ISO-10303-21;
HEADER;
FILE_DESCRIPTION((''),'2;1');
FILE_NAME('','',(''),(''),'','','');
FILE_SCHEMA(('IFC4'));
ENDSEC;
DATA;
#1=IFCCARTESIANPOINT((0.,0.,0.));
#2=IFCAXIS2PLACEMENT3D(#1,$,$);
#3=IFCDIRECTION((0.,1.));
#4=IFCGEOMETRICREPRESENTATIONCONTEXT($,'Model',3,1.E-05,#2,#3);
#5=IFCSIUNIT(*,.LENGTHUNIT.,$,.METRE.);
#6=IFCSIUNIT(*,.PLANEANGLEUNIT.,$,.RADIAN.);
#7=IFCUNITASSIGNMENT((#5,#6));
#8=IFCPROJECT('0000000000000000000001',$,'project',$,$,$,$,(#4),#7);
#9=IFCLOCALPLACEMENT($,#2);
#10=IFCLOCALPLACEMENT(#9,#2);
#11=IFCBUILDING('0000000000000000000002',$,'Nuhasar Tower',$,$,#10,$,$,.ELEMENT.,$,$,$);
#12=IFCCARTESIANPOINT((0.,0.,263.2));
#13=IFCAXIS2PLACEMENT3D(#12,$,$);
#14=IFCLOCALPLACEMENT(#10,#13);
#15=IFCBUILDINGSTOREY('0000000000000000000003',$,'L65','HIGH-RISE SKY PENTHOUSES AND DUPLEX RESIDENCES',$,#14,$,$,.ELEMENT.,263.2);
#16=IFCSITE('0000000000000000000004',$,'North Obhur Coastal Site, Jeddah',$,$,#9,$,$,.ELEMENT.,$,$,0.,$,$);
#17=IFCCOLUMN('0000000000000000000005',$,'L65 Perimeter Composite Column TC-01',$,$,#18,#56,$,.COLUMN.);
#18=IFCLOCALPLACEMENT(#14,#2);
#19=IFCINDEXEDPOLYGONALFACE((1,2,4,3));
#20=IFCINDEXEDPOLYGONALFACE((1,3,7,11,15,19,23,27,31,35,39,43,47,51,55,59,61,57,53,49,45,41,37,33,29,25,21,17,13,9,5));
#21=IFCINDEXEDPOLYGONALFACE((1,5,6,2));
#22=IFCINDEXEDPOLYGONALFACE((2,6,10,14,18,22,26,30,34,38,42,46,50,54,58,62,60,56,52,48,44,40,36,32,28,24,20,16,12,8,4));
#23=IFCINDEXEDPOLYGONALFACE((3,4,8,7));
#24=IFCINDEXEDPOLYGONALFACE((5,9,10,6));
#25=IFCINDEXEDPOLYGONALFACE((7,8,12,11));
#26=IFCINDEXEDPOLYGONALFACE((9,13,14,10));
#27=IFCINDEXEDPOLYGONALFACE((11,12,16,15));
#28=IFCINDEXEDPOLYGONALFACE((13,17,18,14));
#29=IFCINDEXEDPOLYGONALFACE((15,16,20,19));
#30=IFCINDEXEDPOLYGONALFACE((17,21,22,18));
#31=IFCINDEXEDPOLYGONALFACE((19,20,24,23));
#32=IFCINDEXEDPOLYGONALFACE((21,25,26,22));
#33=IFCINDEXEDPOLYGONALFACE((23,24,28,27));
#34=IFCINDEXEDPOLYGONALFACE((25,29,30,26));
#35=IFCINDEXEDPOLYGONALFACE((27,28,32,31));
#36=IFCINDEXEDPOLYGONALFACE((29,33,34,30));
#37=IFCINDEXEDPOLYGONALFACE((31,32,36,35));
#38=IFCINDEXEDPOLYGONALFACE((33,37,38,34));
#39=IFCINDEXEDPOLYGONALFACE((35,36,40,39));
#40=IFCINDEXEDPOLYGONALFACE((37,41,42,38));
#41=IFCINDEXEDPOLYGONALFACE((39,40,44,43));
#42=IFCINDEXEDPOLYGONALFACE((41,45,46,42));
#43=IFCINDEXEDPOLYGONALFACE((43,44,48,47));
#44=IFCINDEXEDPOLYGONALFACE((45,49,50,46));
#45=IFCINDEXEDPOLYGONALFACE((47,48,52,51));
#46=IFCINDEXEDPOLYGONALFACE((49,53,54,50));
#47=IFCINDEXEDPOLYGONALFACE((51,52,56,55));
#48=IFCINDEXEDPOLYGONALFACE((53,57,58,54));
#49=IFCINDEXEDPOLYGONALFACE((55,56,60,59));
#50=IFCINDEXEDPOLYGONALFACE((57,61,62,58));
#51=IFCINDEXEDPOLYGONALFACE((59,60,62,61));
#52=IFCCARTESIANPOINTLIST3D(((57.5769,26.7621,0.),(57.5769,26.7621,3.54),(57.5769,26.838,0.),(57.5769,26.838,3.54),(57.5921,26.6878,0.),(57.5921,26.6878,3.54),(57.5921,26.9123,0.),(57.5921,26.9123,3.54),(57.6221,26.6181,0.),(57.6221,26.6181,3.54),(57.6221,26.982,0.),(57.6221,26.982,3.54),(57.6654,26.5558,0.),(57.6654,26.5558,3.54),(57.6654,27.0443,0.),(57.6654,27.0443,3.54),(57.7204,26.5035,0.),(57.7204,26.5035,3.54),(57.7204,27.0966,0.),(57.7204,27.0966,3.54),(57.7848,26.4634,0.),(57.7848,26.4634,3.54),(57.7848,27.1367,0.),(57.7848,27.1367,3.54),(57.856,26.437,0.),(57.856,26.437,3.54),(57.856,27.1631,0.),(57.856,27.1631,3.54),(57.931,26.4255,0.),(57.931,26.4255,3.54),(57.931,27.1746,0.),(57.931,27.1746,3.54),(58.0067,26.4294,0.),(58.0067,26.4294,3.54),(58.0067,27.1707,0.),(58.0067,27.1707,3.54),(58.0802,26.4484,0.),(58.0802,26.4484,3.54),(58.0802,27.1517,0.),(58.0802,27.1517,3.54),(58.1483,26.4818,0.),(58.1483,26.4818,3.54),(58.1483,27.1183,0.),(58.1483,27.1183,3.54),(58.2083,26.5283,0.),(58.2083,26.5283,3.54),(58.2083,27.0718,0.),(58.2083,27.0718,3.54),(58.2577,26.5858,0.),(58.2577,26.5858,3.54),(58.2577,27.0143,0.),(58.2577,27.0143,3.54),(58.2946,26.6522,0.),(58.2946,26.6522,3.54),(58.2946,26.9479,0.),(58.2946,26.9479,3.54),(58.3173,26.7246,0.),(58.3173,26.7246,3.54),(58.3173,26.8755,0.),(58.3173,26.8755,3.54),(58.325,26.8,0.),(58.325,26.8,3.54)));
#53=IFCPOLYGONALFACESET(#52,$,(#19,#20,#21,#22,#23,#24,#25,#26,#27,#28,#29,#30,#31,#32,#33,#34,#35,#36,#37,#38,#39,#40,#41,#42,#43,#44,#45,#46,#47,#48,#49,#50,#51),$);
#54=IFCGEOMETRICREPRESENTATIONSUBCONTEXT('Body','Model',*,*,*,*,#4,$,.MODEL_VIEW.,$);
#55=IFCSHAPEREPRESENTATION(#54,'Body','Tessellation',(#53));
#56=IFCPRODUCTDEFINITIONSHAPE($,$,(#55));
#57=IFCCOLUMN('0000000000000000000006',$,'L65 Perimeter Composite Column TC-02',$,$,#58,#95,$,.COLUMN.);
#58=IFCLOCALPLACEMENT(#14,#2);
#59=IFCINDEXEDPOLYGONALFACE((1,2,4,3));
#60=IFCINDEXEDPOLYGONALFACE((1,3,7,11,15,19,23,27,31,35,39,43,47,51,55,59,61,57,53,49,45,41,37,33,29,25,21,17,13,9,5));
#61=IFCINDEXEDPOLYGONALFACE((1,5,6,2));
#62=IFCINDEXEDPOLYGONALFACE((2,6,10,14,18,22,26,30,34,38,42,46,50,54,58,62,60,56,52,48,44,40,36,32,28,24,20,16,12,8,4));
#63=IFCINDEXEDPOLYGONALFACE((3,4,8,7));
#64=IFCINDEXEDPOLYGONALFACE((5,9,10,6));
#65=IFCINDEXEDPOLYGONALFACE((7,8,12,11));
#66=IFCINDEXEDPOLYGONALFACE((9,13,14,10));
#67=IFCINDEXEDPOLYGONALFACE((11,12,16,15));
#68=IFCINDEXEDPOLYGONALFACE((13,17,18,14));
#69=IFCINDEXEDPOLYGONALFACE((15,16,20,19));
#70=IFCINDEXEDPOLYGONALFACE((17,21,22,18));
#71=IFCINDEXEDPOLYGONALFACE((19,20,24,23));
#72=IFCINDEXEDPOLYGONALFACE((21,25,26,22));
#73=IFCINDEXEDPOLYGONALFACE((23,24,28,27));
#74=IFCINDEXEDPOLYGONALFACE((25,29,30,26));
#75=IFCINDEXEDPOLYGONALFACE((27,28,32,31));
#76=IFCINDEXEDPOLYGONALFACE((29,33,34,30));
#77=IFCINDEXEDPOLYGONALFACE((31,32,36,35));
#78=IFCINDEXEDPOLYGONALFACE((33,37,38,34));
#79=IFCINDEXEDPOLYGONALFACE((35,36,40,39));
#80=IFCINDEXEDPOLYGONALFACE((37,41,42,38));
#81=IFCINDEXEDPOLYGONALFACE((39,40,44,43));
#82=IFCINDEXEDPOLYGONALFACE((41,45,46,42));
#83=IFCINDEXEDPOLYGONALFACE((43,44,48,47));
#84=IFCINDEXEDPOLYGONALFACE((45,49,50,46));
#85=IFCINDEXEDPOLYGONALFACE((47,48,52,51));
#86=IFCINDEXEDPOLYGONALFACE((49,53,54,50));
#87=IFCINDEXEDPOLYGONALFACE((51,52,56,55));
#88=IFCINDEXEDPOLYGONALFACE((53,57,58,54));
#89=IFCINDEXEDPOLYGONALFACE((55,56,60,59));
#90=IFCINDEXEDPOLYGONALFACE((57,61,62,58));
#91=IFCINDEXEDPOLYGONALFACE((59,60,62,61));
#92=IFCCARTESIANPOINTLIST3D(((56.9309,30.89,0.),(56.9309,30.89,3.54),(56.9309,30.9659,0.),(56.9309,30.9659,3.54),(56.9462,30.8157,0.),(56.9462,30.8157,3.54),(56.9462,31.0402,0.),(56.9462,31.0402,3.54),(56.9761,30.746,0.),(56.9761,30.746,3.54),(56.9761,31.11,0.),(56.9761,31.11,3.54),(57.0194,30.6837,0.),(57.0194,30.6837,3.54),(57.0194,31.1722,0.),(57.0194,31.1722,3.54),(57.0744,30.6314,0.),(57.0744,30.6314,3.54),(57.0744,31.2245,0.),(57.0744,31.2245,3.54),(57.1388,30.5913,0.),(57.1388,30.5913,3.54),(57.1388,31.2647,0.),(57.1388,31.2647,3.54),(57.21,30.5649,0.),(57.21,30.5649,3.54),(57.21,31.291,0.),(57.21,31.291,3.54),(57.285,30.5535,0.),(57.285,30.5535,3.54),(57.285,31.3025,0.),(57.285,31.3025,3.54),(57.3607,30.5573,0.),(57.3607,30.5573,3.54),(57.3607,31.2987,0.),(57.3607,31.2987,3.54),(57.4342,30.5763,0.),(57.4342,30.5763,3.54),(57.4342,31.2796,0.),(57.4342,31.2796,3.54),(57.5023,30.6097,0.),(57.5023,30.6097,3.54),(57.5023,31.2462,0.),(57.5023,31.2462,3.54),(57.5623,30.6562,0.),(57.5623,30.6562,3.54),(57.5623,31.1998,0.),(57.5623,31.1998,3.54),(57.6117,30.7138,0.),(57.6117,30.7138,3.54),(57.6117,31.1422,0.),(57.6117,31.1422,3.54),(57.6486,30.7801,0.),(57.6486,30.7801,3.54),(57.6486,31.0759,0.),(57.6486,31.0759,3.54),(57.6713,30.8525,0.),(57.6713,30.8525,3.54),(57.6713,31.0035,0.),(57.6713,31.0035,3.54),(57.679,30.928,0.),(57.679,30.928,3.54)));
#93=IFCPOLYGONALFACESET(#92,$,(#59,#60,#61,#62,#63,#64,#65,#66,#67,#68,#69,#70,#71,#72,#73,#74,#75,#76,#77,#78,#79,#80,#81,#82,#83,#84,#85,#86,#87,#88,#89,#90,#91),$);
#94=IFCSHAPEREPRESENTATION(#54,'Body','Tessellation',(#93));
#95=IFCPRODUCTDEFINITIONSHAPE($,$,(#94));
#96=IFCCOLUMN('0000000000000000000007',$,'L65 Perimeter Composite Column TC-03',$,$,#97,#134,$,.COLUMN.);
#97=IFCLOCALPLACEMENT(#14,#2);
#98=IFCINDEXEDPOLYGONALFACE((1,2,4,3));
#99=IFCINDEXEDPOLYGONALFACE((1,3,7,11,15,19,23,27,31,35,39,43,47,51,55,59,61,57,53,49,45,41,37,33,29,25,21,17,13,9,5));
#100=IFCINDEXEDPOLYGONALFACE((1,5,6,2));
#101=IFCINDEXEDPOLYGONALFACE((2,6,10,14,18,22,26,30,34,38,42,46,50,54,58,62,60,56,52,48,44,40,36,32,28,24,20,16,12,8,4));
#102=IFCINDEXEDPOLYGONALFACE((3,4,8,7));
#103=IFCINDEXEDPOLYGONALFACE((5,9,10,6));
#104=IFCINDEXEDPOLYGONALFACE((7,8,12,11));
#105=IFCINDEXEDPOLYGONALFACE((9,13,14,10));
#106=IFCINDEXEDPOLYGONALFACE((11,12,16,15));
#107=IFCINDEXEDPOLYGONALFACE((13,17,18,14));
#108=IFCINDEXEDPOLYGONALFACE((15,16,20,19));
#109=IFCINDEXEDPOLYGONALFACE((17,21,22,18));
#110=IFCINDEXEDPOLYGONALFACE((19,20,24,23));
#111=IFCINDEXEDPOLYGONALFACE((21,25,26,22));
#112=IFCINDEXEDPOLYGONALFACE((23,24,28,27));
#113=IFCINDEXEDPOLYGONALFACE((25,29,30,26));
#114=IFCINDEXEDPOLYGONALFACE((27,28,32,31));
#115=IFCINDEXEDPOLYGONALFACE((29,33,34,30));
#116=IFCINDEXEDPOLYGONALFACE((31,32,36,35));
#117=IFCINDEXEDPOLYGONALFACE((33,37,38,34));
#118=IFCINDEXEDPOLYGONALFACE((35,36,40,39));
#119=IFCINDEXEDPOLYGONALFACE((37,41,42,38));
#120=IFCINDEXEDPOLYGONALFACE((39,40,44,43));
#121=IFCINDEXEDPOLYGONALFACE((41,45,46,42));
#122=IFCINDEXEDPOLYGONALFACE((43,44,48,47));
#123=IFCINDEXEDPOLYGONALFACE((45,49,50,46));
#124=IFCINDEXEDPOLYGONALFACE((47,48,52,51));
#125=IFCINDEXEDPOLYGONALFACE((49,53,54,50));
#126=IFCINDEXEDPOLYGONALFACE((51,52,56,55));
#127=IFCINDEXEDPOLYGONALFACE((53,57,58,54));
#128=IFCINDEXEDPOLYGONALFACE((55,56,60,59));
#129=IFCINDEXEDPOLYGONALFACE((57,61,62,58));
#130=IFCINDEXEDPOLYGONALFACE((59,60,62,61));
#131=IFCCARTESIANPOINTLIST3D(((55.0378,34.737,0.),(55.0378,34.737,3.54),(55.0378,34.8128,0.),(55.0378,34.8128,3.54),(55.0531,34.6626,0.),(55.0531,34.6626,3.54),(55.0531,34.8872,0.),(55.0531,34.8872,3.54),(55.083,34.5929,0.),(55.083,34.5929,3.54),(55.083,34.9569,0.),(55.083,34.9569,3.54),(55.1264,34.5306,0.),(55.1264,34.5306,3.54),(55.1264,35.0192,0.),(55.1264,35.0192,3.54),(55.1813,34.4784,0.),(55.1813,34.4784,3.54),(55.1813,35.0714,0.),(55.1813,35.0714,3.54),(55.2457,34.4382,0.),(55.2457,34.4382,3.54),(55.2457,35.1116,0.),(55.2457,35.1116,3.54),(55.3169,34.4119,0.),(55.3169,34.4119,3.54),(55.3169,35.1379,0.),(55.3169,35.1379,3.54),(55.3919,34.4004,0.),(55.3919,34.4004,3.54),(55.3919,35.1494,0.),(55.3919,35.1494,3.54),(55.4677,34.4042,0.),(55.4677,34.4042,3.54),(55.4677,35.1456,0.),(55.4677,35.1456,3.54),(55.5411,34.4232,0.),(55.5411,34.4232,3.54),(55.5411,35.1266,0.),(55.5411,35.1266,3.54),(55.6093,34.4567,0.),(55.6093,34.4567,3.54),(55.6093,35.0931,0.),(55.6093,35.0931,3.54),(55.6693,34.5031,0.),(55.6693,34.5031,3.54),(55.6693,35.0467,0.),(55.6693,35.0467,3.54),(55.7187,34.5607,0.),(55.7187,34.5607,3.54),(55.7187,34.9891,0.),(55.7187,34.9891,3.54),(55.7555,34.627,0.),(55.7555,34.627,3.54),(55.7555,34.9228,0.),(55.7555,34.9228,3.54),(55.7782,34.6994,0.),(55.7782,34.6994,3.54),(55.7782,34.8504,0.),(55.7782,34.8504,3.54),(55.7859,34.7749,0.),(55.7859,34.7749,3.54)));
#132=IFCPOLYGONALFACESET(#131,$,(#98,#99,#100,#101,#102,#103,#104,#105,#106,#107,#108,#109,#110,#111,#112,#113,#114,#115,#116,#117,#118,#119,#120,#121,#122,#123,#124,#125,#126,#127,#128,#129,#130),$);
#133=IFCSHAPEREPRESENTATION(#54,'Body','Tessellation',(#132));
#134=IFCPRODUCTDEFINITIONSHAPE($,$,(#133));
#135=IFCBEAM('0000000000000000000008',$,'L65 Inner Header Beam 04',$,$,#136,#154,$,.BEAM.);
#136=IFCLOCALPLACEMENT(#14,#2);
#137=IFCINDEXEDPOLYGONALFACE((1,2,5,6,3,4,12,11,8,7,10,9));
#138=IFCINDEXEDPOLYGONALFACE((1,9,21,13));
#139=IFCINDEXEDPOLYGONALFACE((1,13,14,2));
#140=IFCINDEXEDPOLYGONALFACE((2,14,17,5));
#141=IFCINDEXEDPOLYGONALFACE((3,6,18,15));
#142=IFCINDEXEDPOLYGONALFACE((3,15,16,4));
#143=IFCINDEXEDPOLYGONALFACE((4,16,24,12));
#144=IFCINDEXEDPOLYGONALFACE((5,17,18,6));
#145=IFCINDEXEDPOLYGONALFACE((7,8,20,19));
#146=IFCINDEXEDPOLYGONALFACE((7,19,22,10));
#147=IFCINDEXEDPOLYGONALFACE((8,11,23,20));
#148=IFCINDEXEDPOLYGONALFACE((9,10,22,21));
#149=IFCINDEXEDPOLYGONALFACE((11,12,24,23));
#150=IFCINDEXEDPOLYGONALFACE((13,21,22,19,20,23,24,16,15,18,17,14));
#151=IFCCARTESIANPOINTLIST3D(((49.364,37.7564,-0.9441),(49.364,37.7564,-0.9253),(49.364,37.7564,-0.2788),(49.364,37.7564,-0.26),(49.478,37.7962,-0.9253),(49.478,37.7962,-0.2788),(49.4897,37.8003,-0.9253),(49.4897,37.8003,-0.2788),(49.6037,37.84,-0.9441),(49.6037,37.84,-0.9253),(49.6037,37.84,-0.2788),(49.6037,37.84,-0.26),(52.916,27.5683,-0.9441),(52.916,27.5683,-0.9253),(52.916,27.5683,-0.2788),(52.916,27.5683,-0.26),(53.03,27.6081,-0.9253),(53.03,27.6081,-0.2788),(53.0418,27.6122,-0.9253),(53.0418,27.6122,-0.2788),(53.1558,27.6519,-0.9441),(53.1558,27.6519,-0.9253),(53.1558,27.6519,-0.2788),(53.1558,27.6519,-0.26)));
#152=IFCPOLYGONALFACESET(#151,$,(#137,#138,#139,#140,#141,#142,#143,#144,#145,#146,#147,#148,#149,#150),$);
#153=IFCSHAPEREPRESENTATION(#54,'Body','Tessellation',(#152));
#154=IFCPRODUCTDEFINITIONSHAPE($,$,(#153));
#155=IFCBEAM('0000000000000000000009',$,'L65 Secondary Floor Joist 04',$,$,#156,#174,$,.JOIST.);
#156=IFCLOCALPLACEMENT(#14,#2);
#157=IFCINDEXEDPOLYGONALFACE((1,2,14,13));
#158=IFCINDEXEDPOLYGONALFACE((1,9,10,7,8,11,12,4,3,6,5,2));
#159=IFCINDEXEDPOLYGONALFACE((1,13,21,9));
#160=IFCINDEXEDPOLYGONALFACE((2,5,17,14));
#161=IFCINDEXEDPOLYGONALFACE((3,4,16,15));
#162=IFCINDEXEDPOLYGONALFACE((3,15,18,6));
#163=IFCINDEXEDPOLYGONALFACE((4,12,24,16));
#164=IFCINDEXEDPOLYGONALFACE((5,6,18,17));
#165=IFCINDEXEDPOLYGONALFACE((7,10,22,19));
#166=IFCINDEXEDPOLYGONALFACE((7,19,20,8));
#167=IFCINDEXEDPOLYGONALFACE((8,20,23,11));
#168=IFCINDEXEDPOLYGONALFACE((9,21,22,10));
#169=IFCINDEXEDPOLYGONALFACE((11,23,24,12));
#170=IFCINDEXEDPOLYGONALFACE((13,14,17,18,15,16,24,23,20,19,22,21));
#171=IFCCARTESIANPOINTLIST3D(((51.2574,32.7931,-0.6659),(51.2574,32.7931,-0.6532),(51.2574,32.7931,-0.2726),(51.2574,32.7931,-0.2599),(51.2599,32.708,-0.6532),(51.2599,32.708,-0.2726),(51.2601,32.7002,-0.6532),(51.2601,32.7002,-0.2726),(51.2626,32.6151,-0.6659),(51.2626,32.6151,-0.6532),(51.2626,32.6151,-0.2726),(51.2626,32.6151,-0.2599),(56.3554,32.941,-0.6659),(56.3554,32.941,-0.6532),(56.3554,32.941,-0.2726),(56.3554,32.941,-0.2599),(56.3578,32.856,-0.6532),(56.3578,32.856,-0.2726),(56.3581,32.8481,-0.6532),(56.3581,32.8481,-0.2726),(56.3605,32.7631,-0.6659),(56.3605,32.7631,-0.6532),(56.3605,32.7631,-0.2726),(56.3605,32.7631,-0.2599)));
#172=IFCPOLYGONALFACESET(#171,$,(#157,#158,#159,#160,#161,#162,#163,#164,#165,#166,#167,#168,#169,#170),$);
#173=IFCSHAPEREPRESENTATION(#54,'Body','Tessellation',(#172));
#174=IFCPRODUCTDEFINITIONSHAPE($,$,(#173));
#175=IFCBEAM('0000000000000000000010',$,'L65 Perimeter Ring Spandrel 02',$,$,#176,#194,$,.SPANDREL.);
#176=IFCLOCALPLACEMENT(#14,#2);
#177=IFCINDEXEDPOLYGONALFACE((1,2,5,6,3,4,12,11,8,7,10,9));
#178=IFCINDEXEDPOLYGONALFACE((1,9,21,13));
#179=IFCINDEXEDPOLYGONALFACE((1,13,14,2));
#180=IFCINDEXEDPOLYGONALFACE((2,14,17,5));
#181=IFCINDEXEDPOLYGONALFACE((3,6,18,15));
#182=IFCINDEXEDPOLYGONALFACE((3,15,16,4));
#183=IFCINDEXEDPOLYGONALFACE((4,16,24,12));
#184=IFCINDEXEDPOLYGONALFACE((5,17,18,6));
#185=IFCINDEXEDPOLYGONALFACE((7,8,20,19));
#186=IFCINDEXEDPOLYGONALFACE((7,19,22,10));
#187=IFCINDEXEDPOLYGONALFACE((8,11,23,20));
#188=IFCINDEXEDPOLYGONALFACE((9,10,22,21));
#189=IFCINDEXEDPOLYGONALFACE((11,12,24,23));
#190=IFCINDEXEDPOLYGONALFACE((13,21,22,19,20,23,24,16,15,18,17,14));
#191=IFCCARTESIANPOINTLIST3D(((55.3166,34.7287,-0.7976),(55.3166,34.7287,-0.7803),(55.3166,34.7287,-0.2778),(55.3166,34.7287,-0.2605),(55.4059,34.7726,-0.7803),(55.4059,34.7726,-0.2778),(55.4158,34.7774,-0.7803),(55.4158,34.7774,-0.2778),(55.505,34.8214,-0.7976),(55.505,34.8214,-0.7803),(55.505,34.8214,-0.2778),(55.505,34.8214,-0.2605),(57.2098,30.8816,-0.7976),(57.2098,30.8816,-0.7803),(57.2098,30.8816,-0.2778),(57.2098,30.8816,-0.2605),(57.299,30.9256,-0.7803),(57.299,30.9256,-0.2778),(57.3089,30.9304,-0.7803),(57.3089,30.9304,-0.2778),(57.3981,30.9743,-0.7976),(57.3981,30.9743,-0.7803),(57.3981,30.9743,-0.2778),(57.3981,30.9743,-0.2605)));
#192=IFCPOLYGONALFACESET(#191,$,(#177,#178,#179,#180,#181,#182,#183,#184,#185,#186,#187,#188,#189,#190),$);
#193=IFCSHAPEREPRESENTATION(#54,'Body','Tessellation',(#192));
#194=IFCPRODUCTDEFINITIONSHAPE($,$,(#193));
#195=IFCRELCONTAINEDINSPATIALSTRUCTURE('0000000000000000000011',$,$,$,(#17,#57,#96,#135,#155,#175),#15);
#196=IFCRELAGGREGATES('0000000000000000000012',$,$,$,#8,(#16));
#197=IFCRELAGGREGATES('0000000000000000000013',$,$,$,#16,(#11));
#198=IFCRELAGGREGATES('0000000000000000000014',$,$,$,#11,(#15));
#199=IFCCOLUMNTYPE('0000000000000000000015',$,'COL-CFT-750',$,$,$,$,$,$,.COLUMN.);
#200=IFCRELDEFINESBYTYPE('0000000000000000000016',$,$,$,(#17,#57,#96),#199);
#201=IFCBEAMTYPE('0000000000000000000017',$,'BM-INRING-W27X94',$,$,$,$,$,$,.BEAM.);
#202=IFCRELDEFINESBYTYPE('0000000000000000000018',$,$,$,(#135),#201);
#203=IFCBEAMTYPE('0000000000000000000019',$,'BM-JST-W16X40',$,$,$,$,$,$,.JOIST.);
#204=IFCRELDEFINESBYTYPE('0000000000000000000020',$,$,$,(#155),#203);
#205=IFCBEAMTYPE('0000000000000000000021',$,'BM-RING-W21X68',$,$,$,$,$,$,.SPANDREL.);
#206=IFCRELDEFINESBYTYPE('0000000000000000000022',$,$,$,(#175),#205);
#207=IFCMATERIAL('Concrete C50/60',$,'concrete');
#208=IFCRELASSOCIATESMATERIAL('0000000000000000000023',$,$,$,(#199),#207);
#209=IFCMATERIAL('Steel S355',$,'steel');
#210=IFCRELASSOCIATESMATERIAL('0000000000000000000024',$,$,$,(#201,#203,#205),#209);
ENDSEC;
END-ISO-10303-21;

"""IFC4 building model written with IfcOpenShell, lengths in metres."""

from ifc_helpers import new_model, si_unit, direction, frame, origin, origin_2d, place, context, subcontext, project, spatial, circle, i_section, extrude, material, material_profile, profile_set, type_object, element, save


model = new_model("IFC4")

# Units and contexts
model_context = context("Model", 3, precision=1e-05, world=origin(), true_north=direction((0.0, 1.0)))
body_context = subcontext(model_context, "Body", "Model", "MODEL_VIEW")
ifc_project = project(units=[si_unit("LENGTHUNIT", "METRE"), si_unit("PLANEANGLEUNIT", "RADIAN")], contexts=[model_context])

# Site, building, storey
site_placement = place(None, origin())
site = spatial("IfcSite", under=ifc_project, at=site_placement, Name="North Obhur Coastal Site, Jeddah", CompositionType="ELEMENT", RefElevation=0.0)
building_placement = place(site_placement, origin())
building = spatial("IfcBuilding", under=site, at=building_placement, Name="Nuhasar Tower", CompositionType="ELEMENT")
storey_placement = place(building_placement, frame((0.0, 0.0, 263.2)))
storey = spatial("IfcBuildingStorey", under=building, at=storey_placement, Name="L65", Description="HIGH-RISE SKY PENTHOUSES AND DUPLEX RESIDENCES", CompositionType="ELEMENT", Elevation=263.2)

# Columns
ifc_material_1 = material(Name="Concrete C50/60", Category="concrete")
ifc_material_profile_1 = material_profile(ifc_material_1, circle(Radius=0.375, at=origin_2d()), Name="CFT750")
ifc_profile_set_1 = profile_set([ifc_material_profile_1], Name="Concrete C50/60")
column_type = type_object("IfcColumnType", Name="COL-CFT-750", PredefinedType="COLUMN", material=ifc_profile_set_1)
for number, where, z_axis, x_axis, name in (
    (1, (57.95, 26.8, 0.0), (0.0, 0.0, 1.0), (1.0, 0.0, 0.0), "L65 Perimeter Composite Column TC-01"),
    (2, (57.304, 30.928, 0.0), (0.0, 0.0, 1.0), (1.0, 0.0, 0.0), "L65 Perimeter Composite Column TC-02"),
    (3, (55.4109, 34.7749, 0.0), (0.0, 0.0, 1.0), (1.0, 0.0, 0.0), "L65 Perimeter Composite Column TC-03"),
):
    element("IfcColumn", number, at=place(storey_placement, frame(where, z_axis=z_axis, x_axis=x_axis)), inside=storey, type_object=column_type, Name=name, PredefinedType="COLUMN", context=body_context, shape_type="SweptSolid", body=[
        extrude(circle(Radius=0.375, at=origin_2d()), origin(), (0.0, 0.0, 1.0), 3.54),
    ])

# Beams
ifc_material_2 = material(Name="Steel S355", Category="steel")
ifc_material_profile_2 = material_profile(ifc_material_2, i_section(OverallWidth=0.2539, OverallDepth=0.6841, WebThickness=0.0125, FlangeThickness=0.0188, at=origin_2d()), Name="W27X94")
ifc_profile_set_2 = profile_set([ifc_material_profile_2], Name="Steel S355")
beam_type_1 = type_object("IfcBeamType", Name="BM-INRING-W27X94", PredefinedType="BEAM", material=ifc_profile_set_2)
beam_1_placement = place(storey_placement, frame((53.0359, 27.6101, -0.6021), z_axis=(-0.329211, 0.944256, 0.0), x_axis=(-0.944256, -0.329211, 0.0)))
element("IfcBeam", 4, at=beam_1_placement, inside=storey, type_object=beam_type_1, Name="L65 Inner Header Beam 04", PredefinedType="BEAM", context=body_context, shape_type="SweptSolid", body=[
    extrude(i_section(OverallWidth=0.2539, OverallDepth=0.6841, WebThickness=0.0125, FlangeThickness=0.0188, at=origin_2d()), origin(), (0.0, 0.0, 1.0), 10.7896),
])
ifc_material_profile_3 = material_profile(ifc_material_2, i_section(OverallWidth=0.178, OverallDepth=0.406, WebThickness=0.0078, FlangeThickness=0.0127, at=origin_2d()), Name="W16X40")
ifc_profile_set_3 = profile_set([ifc_material_profile_3], Name="Steel S355")
beam_type_2 = type_object("IfcBeamType", Name="BM-JST-W16X40", PredefinedType="JOIST", material=ifc_profile_set_3)
beam_2_placement = place(storey_placement, frame((51.26, 32.7041, -0.4629), z_axis=(0.999579, 0.029009, 0.0), x_axis=(-0.029009, 0.999579, 0.0)))
element("IfcBeam", 5, at=beam_2_placement, inside=storey, type_object=beam_type_2, Name="L65 Secondary Floor Joist 04", PredefinedType="JOIST", context=body_context, shape_type="SweptSolid", body=[
    extrude(i_section(OverallWidth=0.178, OverallDepth=0.406, WebThickness=0.0078, FlangeThickness=0.0127, at=origin_2d()), origin(), (0.0, 0.0, 1.0), 5.1001),
])
ifc_material_profile_4 = material_profile(ifc_material_2, i_section(OverallWidth=0.21, OverallDepth=0.5371, WebThickness=0.011, FlangeThickness=0.0173, at=origin_2d()), Name="W21X68")
ifc_profile_set_4 = profile_set([ifc_material_profile_4], Name="Steel S355")
beam_type_3 = type_object("IfcBeamType", Name="BM-RING-W21X68", PredefinedType="SPANDREL", material=ifc_profile_set_4)
beam_3_placement = place(storey_placement, frame((57.304, 30.928, -0.5291), z_axis=(-0.441533, 0.897245, 0.0), x_axis=(-0.897245, -0.441533, 0.0)))
element("IfcBeam", 6, at=beam_3_placement, inside=storey, type_object=beam_type_3, Name="L65 Perimeter Ring Spandrel 02", PredefinedType="SPANDREL", context=body_context, shape_type="SweptSolid", body=[
    extrude(i_section(OverallWidth=0.21, OverallDepth=0.5371, WebThickness=0.011, FlangeThickness=0.0173, at=origin_2d()), origin(), (0.0, 0.0, 1.0), 4.2876),
])

save(model, "model.ifc")
